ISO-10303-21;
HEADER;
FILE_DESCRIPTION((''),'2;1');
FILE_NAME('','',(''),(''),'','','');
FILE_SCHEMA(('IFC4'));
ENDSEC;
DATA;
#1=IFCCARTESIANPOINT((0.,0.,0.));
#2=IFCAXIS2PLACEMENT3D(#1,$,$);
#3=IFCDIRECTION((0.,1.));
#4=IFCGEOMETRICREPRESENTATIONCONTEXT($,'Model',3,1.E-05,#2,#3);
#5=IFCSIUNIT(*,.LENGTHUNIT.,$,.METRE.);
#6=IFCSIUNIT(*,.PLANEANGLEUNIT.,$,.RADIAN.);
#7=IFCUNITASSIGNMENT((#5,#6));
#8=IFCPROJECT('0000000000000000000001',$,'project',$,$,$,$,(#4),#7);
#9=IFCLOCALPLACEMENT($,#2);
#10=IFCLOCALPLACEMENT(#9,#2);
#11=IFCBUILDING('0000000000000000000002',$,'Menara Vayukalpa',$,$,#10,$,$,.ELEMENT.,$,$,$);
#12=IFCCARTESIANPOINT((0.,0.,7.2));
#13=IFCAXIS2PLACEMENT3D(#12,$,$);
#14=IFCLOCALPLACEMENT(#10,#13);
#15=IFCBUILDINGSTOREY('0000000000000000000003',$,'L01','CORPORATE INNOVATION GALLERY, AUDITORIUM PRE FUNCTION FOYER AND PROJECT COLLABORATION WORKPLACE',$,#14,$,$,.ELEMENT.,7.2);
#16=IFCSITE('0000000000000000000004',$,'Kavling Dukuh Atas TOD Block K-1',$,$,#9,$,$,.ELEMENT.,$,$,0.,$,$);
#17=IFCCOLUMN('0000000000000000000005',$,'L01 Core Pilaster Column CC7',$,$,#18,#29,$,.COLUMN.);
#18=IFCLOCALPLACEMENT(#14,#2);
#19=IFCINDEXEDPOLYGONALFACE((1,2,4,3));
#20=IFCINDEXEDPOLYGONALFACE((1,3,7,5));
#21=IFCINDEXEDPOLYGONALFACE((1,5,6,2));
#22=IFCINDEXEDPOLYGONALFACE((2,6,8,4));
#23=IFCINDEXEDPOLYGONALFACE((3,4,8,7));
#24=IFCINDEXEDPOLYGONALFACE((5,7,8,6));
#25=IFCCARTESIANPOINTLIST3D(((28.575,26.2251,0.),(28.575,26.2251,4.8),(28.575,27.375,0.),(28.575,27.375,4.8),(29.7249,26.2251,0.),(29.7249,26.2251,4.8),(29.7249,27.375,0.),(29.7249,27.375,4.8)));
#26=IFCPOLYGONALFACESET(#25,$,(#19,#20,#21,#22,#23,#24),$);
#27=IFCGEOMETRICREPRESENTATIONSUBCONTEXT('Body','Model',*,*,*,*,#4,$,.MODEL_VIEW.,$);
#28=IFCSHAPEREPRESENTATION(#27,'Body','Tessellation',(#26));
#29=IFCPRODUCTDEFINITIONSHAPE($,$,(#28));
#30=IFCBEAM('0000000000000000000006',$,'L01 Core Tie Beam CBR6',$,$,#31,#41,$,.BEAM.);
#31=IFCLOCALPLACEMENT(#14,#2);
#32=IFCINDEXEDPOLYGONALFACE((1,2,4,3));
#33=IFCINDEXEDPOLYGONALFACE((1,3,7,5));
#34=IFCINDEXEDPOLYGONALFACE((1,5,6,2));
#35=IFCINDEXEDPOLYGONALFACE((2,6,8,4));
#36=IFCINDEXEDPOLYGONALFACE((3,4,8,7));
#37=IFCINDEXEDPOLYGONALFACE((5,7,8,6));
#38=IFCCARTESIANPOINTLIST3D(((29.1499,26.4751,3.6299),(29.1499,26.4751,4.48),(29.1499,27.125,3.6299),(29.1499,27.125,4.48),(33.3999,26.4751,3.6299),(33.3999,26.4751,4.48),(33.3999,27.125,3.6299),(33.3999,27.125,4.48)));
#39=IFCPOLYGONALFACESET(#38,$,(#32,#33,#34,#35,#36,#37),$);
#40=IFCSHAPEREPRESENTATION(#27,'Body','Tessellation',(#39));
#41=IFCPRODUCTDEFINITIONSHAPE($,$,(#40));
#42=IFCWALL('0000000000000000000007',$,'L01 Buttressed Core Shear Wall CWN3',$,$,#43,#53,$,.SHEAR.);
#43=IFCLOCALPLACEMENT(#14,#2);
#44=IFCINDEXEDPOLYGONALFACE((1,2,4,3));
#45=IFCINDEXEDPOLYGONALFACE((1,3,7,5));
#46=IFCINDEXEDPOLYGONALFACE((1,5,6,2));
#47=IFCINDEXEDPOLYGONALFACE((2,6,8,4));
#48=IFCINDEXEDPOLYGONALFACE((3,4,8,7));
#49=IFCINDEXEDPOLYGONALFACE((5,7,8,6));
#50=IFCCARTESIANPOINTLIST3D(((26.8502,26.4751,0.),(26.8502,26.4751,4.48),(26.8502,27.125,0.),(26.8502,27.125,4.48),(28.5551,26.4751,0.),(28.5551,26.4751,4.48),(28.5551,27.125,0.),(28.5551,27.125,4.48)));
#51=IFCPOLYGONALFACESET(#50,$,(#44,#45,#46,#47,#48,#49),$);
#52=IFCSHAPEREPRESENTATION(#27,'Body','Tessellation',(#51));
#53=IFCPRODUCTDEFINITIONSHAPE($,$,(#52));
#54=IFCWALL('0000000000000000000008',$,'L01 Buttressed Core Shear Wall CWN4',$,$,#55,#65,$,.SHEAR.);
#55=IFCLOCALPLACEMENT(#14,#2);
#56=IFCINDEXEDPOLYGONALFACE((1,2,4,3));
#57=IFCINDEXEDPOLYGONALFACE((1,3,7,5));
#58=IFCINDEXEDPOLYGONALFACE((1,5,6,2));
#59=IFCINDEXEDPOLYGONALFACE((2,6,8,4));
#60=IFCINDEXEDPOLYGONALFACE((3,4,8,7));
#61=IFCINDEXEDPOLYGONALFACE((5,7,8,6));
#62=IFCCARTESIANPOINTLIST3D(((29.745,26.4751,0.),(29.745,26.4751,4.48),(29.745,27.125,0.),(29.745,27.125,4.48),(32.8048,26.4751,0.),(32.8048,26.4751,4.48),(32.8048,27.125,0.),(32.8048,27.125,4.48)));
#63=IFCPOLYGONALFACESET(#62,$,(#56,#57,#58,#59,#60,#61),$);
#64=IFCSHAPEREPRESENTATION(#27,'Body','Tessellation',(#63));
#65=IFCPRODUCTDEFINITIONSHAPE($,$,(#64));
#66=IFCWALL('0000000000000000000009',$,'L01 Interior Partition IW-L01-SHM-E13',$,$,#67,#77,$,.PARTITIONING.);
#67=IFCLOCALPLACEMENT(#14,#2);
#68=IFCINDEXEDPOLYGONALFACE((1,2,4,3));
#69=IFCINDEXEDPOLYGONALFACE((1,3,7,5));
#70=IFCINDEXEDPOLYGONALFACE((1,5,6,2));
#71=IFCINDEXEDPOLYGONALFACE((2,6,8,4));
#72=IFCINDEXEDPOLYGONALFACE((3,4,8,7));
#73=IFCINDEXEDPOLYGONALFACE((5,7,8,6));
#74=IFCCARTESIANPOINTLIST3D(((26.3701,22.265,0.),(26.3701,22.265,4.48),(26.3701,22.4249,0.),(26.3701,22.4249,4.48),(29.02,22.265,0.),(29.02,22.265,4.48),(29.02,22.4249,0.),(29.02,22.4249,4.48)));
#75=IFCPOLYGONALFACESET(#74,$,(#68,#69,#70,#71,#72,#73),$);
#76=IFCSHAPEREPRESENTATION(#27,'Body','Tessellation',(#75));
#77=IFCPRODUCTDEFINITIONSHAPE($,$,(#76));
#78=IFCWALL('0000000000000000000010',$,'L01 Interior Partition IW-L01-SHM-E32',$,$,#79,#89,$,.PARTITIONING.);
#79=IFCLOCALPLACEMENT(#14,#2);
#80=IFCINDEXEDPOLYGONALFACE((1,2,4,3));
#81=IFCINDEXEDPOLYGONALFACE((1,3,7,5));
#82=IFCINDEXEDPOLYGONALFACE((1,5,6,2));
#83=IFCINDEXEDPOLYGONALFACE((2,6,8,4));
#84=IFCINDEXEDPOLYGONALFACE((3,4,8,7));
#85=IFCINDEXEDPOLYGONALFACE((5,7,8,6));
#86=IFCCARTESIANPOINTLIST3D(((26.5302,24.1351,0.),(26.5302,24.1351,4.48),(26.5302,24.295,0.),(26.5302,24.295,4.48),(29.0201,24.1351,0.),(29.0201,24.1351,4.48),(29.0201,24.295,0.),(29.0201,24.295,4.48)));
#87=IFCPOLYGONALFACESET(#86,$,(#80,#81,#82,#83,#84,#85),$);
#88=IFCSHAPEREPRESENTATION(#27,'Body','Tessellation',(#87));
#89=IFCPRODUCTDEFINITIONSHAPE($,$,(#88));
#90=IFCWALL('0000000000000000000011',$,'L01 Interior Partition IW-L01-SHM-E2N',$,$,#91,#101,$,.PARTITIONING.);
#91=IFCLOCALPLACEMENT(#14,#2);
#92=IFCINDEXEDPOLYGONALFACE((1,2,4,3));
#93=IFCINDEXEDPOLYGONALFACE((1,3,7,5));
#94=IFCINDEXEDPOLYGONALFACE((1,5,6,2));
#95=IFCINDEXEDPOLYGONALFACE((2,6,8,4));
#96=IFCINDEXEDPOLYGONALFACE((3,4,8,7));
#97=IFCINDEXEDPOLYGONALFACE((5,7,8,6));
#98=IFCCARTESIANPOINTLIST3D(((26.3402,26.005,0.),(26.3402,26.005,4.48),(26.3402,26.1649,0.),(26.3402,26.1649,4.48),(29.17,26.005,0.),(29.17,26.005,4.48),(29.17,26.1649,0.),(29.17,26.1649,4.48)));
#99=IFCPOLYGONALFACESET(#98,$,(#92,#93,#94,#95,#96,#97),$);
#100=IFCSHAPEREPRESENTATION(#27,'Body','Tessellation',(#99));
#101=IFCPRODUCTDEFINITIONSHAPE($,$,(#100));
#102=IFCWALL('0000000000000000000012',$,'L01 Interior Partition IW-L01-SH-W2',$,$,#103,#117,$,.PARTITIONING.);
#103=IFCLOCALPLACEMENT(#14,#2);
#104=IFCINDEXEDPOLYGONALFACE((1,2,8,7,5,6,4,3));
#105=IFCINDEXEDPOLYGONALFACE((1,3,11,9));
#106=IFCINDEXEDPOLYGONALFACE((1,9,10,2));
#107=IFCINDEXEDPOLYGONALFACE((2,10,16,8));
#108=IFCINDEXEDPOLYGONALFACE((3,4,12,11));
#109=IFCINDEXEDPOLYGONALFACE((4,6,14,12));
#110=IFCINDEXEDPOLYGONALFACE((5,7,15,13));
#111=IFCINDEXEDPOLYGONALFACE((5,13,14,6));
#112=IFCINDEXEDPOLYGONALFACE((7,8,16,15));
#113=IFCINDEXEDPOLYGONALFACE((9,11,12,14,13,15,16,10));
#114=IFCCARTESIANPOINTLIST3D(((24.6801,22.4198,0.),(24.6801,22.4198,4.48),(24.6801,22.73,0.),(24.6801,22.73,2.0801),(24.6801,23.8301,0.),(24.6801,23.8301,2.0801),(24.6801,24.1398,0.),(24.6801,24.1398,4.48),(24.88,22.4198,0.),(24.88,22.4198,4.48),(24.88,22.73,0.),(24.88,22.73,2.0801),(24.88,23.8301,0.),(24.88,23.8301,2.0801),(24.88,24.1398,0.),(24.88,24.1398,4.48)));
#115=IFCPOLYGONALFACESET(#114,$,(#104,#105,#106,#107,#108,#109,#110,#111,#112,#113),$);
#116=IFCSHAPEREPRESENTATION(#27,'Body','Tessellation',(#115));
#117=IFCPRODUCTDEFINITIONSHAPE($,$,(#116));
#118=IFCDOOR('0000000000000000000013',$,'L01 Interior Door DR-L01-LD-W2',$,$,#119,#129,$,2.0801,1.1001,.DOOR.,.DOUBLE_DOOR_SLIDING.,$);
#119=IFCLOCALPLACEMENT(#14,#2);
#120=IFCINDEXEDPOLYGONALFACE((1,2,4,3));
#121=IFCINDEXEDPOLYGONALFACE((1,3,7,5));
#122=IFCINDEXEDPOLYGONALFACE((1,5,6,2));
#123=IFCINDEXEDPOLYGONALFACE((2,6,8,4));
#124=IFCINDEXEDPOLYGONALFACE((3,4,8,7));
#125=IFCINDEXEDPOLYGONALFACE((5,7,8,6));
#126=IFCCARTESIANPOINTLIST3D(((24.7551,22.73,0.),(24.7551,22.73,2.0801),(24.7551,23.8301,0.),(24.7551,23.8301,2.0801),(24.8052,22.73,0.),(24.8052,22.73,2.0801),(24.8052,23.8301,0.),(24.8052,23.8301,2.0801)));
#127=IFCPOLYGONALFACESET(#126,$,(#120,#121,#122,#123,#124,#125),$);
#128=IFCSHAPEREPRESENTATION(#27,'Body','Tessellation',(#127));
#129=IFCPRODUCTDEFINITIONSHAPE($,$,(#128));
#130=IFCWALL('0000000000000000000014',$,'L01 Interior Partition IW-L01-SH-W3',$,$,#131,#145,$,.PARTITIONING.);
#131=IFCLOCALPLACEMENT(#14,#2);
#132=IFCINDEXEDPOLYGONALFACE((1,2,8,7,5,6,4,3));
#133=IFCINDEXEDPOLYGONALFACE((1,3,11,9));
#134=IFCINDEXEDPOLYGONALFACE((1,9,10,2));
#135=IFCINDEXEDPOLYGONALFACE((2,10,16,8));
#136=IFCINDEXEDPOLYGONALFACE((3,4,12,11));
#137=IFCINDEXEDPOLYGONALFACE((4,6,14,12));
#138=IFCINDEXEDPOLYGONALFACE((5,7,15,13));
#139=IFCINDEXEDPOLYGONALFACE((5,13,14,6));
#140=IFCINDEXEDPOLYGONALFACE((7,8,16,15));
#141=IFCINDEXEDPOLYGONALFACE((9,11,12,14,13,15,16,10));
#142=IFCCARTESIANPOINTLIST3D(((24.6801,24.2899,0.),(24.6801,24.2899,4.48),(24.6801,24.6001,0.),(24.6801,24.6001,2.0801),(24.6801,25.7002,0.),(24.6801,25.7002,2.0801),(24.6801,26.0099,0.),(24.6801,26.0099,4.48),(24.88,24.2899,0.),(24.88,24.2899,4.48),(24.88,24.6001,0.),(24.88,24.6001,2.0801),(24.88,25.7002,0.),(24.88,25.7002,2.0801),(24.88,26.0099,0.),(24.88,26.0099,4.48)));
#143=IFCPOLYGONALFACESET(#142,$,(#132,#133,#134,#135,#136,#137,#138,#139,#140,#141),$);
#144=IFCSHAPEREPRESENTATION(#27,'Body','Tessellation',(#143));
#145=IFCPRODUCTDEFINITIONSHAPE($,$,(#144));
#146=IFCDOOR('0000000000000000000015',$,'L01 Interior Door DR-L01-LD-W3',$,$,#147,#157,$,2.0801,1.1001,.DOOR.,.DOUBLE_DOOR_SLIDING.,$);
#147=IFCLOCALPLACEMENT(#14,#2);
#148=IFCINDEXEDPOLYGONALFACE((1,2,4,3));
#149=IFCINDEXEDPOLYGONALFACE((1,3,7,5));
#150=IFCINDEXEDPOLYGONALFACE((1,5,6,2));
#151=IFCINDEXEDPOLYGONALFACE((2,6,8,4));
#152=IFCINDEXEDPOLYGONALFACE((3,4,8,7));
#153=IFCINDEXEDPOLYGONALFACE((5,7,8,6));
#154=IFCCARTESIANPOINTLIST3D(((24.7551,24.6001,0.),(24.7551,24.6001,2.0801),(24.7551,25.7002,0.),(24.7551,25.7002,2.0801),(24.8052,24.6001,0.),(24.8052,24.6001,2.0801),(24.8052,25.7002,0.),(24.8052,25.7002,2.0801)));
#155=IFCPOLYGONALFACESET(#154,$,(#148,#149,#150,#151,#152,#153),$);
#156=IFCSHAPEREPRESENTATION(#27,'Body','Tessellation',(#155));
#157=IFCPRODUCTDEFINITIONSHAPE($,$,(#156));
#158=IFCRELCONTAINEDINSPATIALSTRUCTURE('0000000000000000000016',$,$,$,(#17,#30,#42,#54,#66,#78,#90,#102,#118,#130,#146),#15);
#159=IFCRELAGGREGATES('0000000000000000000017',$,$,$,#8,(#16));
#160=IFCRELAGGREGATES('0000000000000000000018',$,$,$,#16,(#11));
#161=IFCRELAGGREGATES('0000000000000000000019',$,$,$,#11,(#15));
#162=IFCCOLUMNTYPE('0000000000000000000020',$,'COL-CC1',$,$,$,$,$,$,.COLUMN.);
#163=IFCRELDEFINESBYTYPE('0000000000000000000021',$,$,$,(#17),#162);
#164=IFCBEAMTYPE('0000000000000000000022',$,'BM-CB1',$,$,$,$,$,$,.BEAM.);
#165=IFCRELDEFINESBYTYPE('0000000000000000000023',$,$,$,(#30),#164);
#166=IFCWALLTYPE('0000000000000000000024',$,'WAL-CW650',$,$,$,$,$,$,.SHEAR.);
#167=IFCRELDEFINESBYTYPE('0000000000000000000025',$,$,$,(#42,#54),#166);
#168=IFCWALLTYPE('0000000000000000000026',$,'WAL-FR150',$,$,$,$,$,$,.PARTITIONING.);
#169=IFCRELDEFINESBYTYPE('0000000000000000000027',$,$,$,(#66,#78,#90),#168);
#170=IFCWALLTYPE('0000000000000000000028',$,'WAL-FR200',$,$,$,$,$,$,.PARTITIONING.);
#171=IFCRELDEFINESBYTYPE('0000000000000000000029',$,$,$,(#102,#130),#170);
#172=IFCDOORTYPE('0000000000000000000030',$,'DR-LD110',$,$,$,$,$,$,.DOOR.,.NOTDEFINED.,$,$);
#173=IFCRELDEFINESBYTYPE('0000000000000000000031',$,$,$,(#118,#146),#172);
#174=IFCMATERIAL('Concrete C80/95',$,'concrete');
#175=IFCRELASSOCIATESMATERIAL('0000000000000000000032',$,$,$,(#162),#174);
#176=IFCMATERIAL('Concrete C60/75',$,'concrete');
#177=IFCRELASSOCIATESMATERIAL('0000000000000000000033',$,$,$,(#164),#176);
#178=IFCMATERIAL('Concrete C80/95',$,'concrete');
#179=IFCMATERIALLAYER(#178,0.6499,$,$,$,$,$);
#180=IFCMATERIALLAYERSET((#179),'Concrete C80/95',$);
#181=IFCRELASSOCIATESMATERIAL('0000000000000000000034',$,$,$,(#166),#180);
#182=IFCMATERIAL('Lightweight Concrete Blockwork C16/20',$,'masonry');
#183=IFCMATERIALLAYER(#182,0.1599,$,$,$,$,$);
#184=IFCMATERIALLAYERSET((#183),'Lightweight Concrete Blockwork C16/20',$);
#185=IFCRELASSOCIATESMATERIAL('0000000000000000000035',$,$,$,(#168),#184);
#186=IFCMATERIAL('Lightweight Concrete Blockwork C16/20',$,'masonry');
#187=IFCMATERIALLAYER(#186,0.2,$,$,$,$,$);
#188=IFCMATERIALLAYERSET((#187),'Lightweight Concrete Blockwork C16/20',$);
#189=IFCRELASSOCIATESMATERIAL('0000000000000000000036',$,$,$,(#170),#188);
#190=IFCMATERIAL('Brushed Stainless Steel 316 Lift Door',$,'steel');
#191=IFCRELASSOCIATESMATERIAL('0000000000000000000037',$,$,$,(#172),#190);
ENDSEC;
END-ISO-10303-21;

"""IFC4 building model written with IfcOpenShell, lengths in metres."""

from ifc_helpers import new_model, si_unit, direction, frame, frame_2d, origin, origin_2d, place, context, subcontext, project, spatial, rectangle, extrude, material, layer, layer_set, material_profile, profile_set, type_object, element, fill, save


model = new_model("IFC4")

# Units and contexts
model_context = context("Model", 3, precision=1e-05, world=origin(), true_north=direction((0.0, 1.0)))
body_context = subcontext(model_context, "Body", "Model", "MODEL_VIEW")
ifc_project = project(units=[si_unit("LENGTHUNIT", "METRE"), si_unit("PLANEANGLEUNIT", "RADIAN")], contexts=[model_context])

# Site, building, storey
site_placement = place(None, origin())
site = spatial("IfcSite", under=ifc_project, at=site_placement, Name="Kavling Dukuh Atas TOD Block K-1", CompositionType="ELEMENT", RefElevation=0.0)
building_placement = place(site_placement, origin())
building = spatial("IfcBuilding", under=site, at=building_placement, Name="Menara Vayukalpa", CompositionType="ELEMENT")
storey_placement = place(building_placement, frame((0.0, 0.0, 7.2)))
storey = spatial("IfcBuildingStorey", under=building, at=storey_placement, Name="L01", Description="CORPORATE INNOVATION GALLERY, AUDITORIUM PRE FUNCTION FOYER AND PROJECT COLLABORATION WORKPLACE", CompositionType="ELEMENT", Elevation=7.2)

# Column
ifc_material_1 = material(Name="Concrete C80/95", Category="concrete")
ifc_material_profile_1 = material_profile(ifc_material_1, rectangle(XDim=1.1499, YDim=1.1499, at=origin_2d()), Name="RC 1150x1150")
ifc_profile_set_1 = profile_set([ifc_material_profile_1], Name="Concrete C80/95")
column_type = type_object("IfcColumnType", Name="COL-CC1", PredefinedType="COLUMN", material=ifc_profile_set_1)
column_placement = place(storey_placement, frame((29.1499, 26.8, 0.0), z_axis=(0.0, 0.0, 1.0), x_axis=(1.0, 0.0, 0.0)))
element("IfcColumn", 1, at=column_placement, inside=storey, type_object=column_type, Name="L01 Core Pilaster Column CC7", PredefinedType="COLUMN", context=body_context, shape_type="SweptSolid", body=[
    extrude(rectangle(XDim=1.1499, YDim=1.1499, at=origin_2d()), origin(), (0.0, 0.0, 1.0), 4.8),
])

# Beam
ifc_material_2 = material(Name="Concrete C60/75", Category="concrete")
ifc_material_profile_2 = material_profile(ifc_material_2, rectangle(XDim=0.6499, YDim=0.8501, at=origin_2d()), Name="RC 650x850")
ifc_profile_set_2 = profile_set([ifc_material_profile_2], Name="Concrete C60/75")
beam_type = type_object("IfcBeamType", Name="BM-CB1", PredefinedType="BEAM", material=ifc_profile_set_2)
beam_placement = place(storey_placement, frame((29.1499, 26.8, 4.0549), z_axis=(1.0, 0.0, 0.0), x_axis=(0.0, 1.0, 0.0)))
element("IfcBeam", 2, at=beam_placement, inside=storey, type_object=beam_type, Name="L01 Core Tie Beam CBR6", PredefinedType="BEAM", context=body_context, shape_type="SweptSolid", body=[
    extrude(rectangle(XDim=0.6499, YDim=0.8501, at=origin_2d()), origin(), (0.0, 0.0, 1.0), 4.25),
])

# Walls
ifc_material_3 = material(Name="Concrete C80/95", Category="concrete")
ifc_layer_1 = layer(ifc_material_3, 0.6499)
ifc_layer_set_1 = layer_set([ifc_layer_1], Name="Concrete C80/95")
wall_type_1 = type_object("IfcWallType", Name="WAL-CW650", PredefinedType="SHEAR", material=ifc_layer_set_1)
wall_1_placement = place(storey_placement, frame((26.8501, 26.8, 0.0), z_axis=(0.0, 0.0, 1.0), x_axis=(1.0, 0.0, 0.0)))
element("IfcWall", 3, at=wall_1_placement, inside=storey, type_object=wall_type_1, Name="L01 Buttressed Core Shear Wall CWN3", PredefinedType="SHEAR", context=body_context, shape_type="SweptSolid", body=[
    extrude(rectangle(XDim=1.7048, YDim=0.6499, at=frame_2d((0.8525, 0.0))), origin(), (0.0, 0.0, 1.0), 4.48),
])
wall_2_placement = place(storey_placement, frame((29.7451, 26.8, 0.0), z_axis=(0.0, 0.0, 1.0), x_axis=(1.0, 0.0, 0.0)))
element("IfcWall", 4, at=wall_2_placement, inside=storey, type_object=wall_type_1, Name="L01 Buttressed Core Shear Wall CWN4", PredefinedType="SHEAR", context=body_context, shape_type="SweptSolid", body=[
    extrude(rectangle(XDim=3.0598, YDim=0.6499, at=frame_2d((1.5298, 0.0))), origin(), (0.0, 0.0, 1.0), 4.48),
])
ifc_material_4 = material(Name="Lightweight Concrete Blockwork C16/20", Category="masonry")
ifc_layer_2 = layer(ifc_material_4, 0.1599)
ifc_layer_set_2 = layer_set([ifc_layer_2], Name="Lightweight Concrete Blockwork C16/20")
wall_type_2 = type_object("IfcWallType", Name="WAL-FR150", PredefinedType="PARTITIONING", material=ifc_layer_set_2)
wall_3_placement = place(storey_placement, frame((26.3701, 22.345, 0.0), z_axis=(0.0, 0.0, 1.0), x_axis=(1.0, 0.0, 0.0)))
element("IfcWall", 5, at=wall_3_placement, inside=storey, type_object=wall_type_2, Name="L01 Interior Partition IW-L01-SHM-E13", PredefinedType="PARTITIONING", context=body_context, shape_type="SweptSolid", body=[
    extrude(rectangle(XDim=2.6499, YDim=0.1599, at=frame_2d((1.325, 0.0))), origin(), (0.0, 0.0, 1.0), 4.48),
])
wall_4_placement = place(storey_placement, frame((26.53, 24.2151, 0.0), z_axis=(0.0, 0.0, 1.0), x_axis=(1.0, 0.0, 0.0)))
element("IfcWall", 6, at=wall_4_placement, inside=storey, type_object=wall_type_2, Name="L01 Interior Partition IW-L01-SHM-E32", PredefinedType="PARTITIONING", context=body_context, shape_type="SweptSolid", body=[
    extrude(rectangle(XDim=2.49, YDim=0.1599, at=frame_2d((1.2451, 0.0))), origin(), (0.0, 0.0, 1.0), 4.48),
])
wall_5_placement = place(storey_placement, frame((26.3401, 26.085, 0.0), z_axis=(0.0, 0.0, 1.0), x_axis=(1.0, 0.0, 0.0)))
element("IfcWall", 7, at=wall_5_placement, inside=storey, type_object=wall_type_2, Name="L01 Interior Partition IW-L01-SHM-E2N", PredefinedType="PARTITIONING", context=body_context, shape_type="SweptSolid", body=[
    extrude(rectangle(XDim=2.8298, YDim=0.1599, at=frame_2d((1.415, 0.0))), origin(), (0.0, 0.0, 1.0), 4.48),
])

# Walls, openings, doors
ifc_material_5 = material(Name="Lightweight Concrete Blockwork C16/20", Category="masonry")
ifc_layer_3 = layer(ifc_material_5, 0.2)
ifc_layer_set_3 = layer_set([ifc_layer_3], Name="Lightweight Concrete Blockwork C16/20")
wall_type_3 = type_object("IfcWallType", Name="WAL-FR200", PredefinedType="PARTITIONING", material=ifc_layer_set_3)
wall_6_placement = place(storey_placement, frame((24.78, 22.4199, 0.0), z_axis=(0.0, 0.0, 1.0), x_axis=(0.0, 1.0, 0.0)))
wall_6 = element("IfcWall", 8, at=wall_6_placement, inside=storey, type_object=wall_type_3, Name="L01 Interior Partition IW-L01-SH-W2", PredefinedType="PARTITIONING", context=body_context, shape_type="SweptSolid", body=[
    extrude(rectangle(XDim=1.72, YDim=0.2, at=frame_2d((0.8599, 0.0))), origin(), (0.0, 0.0, 1.0), 4.48),
])
opening_1_placement = place(wall_6_placement, frame((0.3101, 0.0, 0.0)))
opening_1 = element("IfcOpeningElement", 9, at=opening_1_placement, cuts=wall_6, PredefinedType="OPENING", context=body_context, shape_type="SweptSolid", body=[
    extrude(rectangle(XDim=1.1001, YDim=2.0801, at=frame_2d((0.55, 1.04))), frame((0.0, 0.1099, 0.0), z_axis=(0.0, -1.0, 0.0), x_axis=(1.0, 0.0, 0.0)), (0.0, 0.0, 1.0), 0.22),
])
ifc_material_6 = material(Name="Brushed Stainless Steel 316 Lift Door", Category="steel")
door_type = type_object("IfcDoorType", Name="DR-LD110", OperationType="NOTDEFINED", PredefinedType="DOOR", material=ifc_material_6)
door_1_placement = place(opening_1_placement, origin())
door_1 = element("IfcDoor", 10, at=door_1_placement, inside=storey, type_object=door_type, Name="L01 Interior Door DR-L01-LD-W2", OperationType="DOUBLE_DOOR_SLIDING", OverallHeight=2.0801, OverallWidth=1.1001, PredefinedType="DOOR", context=body_context, shape_type="SweptSolid", body=[
    extrude(rectangle(XDim=1.1001, YDim=2.0801, at=frame_2d((0.55, 1.04))), frame((0.0, 0.0249, 0.0), z_axis=(0.0, -1.0, 0.0), x_axis=(1.0, 0.0, 0.0)), (0.0, 0.0, 1.0), 0.05),
])
fill(opening_1, door_1)
wall_7_placement = place(storey_placement, frame((24.78, 24.29, 0.0), z_axis=(0.0, 0.0, 1.0), x_axis=(0.0, 1.0, 0.0)))
wall_7 = element("IfcWall", 11, at=wall_7_placement, inside=storey, type_object=wall_type_3, Name="L01 Interior Partition IW-L01-SH-W3", PredefinedType="PARTITIONING", context=body_context, shape_type="SweptSolid", body=[
    extrude(rectangle(XDim=1.72, YDim=0.2, at=frame_2d((0.8599, 0.0))), origin(), (0.0, 0.0, 1.0), 4.48),
])
opening_2_placement = place(wall_7_placement, frame((0.3101, 0.0, 0.0)))
opening_2 = element("IfcOpeningElement", 12, at=opening_2_placement, cuts=wall_7, PredefinedType="OPENING", context=body_context, shape_type="SweptSolid", body=[
    extrude(rectangle(XDim=1.1001, YDim=2.0801, at=frame_2d((0.55, 1.04))), frame((0.0, 0.1099, 0.0), z_axis=(0.0, -1.0, 0.0), x_axis=(1.0, 0.0, 0.0)), (0.0, 0.0, 1.0), 0.22),
])
door_2_placement = place(opening_2_placement, origin())
door_2 = element("IfcDoor", 13, at=door_2_placement, inside=storey, type_object=door_type, Name="L01 Interior Door DR-L01-LD-W3", OperationType="DOUBLE_DOOR_SLIDING", OverallHeight=2.0801, OverallWidth=1.1001, PredefinedType="DOOR", context=body_context, shape_type="SweptSolid", body=[
    extrude(rectangle(XDim=1.1001, YDim=2.0801, at=frame_2d((0.55, 1.04))), frame((0.0, 0.0249, 0.0), z_axis=(0.0, -1.0, 0.0), x_axis=(1.0, 0.0, 0.0)), (0.0, 0.0, 1.0), 0.05),
])
fill(opening_2, door_2)

save(model, "model.ifc")
